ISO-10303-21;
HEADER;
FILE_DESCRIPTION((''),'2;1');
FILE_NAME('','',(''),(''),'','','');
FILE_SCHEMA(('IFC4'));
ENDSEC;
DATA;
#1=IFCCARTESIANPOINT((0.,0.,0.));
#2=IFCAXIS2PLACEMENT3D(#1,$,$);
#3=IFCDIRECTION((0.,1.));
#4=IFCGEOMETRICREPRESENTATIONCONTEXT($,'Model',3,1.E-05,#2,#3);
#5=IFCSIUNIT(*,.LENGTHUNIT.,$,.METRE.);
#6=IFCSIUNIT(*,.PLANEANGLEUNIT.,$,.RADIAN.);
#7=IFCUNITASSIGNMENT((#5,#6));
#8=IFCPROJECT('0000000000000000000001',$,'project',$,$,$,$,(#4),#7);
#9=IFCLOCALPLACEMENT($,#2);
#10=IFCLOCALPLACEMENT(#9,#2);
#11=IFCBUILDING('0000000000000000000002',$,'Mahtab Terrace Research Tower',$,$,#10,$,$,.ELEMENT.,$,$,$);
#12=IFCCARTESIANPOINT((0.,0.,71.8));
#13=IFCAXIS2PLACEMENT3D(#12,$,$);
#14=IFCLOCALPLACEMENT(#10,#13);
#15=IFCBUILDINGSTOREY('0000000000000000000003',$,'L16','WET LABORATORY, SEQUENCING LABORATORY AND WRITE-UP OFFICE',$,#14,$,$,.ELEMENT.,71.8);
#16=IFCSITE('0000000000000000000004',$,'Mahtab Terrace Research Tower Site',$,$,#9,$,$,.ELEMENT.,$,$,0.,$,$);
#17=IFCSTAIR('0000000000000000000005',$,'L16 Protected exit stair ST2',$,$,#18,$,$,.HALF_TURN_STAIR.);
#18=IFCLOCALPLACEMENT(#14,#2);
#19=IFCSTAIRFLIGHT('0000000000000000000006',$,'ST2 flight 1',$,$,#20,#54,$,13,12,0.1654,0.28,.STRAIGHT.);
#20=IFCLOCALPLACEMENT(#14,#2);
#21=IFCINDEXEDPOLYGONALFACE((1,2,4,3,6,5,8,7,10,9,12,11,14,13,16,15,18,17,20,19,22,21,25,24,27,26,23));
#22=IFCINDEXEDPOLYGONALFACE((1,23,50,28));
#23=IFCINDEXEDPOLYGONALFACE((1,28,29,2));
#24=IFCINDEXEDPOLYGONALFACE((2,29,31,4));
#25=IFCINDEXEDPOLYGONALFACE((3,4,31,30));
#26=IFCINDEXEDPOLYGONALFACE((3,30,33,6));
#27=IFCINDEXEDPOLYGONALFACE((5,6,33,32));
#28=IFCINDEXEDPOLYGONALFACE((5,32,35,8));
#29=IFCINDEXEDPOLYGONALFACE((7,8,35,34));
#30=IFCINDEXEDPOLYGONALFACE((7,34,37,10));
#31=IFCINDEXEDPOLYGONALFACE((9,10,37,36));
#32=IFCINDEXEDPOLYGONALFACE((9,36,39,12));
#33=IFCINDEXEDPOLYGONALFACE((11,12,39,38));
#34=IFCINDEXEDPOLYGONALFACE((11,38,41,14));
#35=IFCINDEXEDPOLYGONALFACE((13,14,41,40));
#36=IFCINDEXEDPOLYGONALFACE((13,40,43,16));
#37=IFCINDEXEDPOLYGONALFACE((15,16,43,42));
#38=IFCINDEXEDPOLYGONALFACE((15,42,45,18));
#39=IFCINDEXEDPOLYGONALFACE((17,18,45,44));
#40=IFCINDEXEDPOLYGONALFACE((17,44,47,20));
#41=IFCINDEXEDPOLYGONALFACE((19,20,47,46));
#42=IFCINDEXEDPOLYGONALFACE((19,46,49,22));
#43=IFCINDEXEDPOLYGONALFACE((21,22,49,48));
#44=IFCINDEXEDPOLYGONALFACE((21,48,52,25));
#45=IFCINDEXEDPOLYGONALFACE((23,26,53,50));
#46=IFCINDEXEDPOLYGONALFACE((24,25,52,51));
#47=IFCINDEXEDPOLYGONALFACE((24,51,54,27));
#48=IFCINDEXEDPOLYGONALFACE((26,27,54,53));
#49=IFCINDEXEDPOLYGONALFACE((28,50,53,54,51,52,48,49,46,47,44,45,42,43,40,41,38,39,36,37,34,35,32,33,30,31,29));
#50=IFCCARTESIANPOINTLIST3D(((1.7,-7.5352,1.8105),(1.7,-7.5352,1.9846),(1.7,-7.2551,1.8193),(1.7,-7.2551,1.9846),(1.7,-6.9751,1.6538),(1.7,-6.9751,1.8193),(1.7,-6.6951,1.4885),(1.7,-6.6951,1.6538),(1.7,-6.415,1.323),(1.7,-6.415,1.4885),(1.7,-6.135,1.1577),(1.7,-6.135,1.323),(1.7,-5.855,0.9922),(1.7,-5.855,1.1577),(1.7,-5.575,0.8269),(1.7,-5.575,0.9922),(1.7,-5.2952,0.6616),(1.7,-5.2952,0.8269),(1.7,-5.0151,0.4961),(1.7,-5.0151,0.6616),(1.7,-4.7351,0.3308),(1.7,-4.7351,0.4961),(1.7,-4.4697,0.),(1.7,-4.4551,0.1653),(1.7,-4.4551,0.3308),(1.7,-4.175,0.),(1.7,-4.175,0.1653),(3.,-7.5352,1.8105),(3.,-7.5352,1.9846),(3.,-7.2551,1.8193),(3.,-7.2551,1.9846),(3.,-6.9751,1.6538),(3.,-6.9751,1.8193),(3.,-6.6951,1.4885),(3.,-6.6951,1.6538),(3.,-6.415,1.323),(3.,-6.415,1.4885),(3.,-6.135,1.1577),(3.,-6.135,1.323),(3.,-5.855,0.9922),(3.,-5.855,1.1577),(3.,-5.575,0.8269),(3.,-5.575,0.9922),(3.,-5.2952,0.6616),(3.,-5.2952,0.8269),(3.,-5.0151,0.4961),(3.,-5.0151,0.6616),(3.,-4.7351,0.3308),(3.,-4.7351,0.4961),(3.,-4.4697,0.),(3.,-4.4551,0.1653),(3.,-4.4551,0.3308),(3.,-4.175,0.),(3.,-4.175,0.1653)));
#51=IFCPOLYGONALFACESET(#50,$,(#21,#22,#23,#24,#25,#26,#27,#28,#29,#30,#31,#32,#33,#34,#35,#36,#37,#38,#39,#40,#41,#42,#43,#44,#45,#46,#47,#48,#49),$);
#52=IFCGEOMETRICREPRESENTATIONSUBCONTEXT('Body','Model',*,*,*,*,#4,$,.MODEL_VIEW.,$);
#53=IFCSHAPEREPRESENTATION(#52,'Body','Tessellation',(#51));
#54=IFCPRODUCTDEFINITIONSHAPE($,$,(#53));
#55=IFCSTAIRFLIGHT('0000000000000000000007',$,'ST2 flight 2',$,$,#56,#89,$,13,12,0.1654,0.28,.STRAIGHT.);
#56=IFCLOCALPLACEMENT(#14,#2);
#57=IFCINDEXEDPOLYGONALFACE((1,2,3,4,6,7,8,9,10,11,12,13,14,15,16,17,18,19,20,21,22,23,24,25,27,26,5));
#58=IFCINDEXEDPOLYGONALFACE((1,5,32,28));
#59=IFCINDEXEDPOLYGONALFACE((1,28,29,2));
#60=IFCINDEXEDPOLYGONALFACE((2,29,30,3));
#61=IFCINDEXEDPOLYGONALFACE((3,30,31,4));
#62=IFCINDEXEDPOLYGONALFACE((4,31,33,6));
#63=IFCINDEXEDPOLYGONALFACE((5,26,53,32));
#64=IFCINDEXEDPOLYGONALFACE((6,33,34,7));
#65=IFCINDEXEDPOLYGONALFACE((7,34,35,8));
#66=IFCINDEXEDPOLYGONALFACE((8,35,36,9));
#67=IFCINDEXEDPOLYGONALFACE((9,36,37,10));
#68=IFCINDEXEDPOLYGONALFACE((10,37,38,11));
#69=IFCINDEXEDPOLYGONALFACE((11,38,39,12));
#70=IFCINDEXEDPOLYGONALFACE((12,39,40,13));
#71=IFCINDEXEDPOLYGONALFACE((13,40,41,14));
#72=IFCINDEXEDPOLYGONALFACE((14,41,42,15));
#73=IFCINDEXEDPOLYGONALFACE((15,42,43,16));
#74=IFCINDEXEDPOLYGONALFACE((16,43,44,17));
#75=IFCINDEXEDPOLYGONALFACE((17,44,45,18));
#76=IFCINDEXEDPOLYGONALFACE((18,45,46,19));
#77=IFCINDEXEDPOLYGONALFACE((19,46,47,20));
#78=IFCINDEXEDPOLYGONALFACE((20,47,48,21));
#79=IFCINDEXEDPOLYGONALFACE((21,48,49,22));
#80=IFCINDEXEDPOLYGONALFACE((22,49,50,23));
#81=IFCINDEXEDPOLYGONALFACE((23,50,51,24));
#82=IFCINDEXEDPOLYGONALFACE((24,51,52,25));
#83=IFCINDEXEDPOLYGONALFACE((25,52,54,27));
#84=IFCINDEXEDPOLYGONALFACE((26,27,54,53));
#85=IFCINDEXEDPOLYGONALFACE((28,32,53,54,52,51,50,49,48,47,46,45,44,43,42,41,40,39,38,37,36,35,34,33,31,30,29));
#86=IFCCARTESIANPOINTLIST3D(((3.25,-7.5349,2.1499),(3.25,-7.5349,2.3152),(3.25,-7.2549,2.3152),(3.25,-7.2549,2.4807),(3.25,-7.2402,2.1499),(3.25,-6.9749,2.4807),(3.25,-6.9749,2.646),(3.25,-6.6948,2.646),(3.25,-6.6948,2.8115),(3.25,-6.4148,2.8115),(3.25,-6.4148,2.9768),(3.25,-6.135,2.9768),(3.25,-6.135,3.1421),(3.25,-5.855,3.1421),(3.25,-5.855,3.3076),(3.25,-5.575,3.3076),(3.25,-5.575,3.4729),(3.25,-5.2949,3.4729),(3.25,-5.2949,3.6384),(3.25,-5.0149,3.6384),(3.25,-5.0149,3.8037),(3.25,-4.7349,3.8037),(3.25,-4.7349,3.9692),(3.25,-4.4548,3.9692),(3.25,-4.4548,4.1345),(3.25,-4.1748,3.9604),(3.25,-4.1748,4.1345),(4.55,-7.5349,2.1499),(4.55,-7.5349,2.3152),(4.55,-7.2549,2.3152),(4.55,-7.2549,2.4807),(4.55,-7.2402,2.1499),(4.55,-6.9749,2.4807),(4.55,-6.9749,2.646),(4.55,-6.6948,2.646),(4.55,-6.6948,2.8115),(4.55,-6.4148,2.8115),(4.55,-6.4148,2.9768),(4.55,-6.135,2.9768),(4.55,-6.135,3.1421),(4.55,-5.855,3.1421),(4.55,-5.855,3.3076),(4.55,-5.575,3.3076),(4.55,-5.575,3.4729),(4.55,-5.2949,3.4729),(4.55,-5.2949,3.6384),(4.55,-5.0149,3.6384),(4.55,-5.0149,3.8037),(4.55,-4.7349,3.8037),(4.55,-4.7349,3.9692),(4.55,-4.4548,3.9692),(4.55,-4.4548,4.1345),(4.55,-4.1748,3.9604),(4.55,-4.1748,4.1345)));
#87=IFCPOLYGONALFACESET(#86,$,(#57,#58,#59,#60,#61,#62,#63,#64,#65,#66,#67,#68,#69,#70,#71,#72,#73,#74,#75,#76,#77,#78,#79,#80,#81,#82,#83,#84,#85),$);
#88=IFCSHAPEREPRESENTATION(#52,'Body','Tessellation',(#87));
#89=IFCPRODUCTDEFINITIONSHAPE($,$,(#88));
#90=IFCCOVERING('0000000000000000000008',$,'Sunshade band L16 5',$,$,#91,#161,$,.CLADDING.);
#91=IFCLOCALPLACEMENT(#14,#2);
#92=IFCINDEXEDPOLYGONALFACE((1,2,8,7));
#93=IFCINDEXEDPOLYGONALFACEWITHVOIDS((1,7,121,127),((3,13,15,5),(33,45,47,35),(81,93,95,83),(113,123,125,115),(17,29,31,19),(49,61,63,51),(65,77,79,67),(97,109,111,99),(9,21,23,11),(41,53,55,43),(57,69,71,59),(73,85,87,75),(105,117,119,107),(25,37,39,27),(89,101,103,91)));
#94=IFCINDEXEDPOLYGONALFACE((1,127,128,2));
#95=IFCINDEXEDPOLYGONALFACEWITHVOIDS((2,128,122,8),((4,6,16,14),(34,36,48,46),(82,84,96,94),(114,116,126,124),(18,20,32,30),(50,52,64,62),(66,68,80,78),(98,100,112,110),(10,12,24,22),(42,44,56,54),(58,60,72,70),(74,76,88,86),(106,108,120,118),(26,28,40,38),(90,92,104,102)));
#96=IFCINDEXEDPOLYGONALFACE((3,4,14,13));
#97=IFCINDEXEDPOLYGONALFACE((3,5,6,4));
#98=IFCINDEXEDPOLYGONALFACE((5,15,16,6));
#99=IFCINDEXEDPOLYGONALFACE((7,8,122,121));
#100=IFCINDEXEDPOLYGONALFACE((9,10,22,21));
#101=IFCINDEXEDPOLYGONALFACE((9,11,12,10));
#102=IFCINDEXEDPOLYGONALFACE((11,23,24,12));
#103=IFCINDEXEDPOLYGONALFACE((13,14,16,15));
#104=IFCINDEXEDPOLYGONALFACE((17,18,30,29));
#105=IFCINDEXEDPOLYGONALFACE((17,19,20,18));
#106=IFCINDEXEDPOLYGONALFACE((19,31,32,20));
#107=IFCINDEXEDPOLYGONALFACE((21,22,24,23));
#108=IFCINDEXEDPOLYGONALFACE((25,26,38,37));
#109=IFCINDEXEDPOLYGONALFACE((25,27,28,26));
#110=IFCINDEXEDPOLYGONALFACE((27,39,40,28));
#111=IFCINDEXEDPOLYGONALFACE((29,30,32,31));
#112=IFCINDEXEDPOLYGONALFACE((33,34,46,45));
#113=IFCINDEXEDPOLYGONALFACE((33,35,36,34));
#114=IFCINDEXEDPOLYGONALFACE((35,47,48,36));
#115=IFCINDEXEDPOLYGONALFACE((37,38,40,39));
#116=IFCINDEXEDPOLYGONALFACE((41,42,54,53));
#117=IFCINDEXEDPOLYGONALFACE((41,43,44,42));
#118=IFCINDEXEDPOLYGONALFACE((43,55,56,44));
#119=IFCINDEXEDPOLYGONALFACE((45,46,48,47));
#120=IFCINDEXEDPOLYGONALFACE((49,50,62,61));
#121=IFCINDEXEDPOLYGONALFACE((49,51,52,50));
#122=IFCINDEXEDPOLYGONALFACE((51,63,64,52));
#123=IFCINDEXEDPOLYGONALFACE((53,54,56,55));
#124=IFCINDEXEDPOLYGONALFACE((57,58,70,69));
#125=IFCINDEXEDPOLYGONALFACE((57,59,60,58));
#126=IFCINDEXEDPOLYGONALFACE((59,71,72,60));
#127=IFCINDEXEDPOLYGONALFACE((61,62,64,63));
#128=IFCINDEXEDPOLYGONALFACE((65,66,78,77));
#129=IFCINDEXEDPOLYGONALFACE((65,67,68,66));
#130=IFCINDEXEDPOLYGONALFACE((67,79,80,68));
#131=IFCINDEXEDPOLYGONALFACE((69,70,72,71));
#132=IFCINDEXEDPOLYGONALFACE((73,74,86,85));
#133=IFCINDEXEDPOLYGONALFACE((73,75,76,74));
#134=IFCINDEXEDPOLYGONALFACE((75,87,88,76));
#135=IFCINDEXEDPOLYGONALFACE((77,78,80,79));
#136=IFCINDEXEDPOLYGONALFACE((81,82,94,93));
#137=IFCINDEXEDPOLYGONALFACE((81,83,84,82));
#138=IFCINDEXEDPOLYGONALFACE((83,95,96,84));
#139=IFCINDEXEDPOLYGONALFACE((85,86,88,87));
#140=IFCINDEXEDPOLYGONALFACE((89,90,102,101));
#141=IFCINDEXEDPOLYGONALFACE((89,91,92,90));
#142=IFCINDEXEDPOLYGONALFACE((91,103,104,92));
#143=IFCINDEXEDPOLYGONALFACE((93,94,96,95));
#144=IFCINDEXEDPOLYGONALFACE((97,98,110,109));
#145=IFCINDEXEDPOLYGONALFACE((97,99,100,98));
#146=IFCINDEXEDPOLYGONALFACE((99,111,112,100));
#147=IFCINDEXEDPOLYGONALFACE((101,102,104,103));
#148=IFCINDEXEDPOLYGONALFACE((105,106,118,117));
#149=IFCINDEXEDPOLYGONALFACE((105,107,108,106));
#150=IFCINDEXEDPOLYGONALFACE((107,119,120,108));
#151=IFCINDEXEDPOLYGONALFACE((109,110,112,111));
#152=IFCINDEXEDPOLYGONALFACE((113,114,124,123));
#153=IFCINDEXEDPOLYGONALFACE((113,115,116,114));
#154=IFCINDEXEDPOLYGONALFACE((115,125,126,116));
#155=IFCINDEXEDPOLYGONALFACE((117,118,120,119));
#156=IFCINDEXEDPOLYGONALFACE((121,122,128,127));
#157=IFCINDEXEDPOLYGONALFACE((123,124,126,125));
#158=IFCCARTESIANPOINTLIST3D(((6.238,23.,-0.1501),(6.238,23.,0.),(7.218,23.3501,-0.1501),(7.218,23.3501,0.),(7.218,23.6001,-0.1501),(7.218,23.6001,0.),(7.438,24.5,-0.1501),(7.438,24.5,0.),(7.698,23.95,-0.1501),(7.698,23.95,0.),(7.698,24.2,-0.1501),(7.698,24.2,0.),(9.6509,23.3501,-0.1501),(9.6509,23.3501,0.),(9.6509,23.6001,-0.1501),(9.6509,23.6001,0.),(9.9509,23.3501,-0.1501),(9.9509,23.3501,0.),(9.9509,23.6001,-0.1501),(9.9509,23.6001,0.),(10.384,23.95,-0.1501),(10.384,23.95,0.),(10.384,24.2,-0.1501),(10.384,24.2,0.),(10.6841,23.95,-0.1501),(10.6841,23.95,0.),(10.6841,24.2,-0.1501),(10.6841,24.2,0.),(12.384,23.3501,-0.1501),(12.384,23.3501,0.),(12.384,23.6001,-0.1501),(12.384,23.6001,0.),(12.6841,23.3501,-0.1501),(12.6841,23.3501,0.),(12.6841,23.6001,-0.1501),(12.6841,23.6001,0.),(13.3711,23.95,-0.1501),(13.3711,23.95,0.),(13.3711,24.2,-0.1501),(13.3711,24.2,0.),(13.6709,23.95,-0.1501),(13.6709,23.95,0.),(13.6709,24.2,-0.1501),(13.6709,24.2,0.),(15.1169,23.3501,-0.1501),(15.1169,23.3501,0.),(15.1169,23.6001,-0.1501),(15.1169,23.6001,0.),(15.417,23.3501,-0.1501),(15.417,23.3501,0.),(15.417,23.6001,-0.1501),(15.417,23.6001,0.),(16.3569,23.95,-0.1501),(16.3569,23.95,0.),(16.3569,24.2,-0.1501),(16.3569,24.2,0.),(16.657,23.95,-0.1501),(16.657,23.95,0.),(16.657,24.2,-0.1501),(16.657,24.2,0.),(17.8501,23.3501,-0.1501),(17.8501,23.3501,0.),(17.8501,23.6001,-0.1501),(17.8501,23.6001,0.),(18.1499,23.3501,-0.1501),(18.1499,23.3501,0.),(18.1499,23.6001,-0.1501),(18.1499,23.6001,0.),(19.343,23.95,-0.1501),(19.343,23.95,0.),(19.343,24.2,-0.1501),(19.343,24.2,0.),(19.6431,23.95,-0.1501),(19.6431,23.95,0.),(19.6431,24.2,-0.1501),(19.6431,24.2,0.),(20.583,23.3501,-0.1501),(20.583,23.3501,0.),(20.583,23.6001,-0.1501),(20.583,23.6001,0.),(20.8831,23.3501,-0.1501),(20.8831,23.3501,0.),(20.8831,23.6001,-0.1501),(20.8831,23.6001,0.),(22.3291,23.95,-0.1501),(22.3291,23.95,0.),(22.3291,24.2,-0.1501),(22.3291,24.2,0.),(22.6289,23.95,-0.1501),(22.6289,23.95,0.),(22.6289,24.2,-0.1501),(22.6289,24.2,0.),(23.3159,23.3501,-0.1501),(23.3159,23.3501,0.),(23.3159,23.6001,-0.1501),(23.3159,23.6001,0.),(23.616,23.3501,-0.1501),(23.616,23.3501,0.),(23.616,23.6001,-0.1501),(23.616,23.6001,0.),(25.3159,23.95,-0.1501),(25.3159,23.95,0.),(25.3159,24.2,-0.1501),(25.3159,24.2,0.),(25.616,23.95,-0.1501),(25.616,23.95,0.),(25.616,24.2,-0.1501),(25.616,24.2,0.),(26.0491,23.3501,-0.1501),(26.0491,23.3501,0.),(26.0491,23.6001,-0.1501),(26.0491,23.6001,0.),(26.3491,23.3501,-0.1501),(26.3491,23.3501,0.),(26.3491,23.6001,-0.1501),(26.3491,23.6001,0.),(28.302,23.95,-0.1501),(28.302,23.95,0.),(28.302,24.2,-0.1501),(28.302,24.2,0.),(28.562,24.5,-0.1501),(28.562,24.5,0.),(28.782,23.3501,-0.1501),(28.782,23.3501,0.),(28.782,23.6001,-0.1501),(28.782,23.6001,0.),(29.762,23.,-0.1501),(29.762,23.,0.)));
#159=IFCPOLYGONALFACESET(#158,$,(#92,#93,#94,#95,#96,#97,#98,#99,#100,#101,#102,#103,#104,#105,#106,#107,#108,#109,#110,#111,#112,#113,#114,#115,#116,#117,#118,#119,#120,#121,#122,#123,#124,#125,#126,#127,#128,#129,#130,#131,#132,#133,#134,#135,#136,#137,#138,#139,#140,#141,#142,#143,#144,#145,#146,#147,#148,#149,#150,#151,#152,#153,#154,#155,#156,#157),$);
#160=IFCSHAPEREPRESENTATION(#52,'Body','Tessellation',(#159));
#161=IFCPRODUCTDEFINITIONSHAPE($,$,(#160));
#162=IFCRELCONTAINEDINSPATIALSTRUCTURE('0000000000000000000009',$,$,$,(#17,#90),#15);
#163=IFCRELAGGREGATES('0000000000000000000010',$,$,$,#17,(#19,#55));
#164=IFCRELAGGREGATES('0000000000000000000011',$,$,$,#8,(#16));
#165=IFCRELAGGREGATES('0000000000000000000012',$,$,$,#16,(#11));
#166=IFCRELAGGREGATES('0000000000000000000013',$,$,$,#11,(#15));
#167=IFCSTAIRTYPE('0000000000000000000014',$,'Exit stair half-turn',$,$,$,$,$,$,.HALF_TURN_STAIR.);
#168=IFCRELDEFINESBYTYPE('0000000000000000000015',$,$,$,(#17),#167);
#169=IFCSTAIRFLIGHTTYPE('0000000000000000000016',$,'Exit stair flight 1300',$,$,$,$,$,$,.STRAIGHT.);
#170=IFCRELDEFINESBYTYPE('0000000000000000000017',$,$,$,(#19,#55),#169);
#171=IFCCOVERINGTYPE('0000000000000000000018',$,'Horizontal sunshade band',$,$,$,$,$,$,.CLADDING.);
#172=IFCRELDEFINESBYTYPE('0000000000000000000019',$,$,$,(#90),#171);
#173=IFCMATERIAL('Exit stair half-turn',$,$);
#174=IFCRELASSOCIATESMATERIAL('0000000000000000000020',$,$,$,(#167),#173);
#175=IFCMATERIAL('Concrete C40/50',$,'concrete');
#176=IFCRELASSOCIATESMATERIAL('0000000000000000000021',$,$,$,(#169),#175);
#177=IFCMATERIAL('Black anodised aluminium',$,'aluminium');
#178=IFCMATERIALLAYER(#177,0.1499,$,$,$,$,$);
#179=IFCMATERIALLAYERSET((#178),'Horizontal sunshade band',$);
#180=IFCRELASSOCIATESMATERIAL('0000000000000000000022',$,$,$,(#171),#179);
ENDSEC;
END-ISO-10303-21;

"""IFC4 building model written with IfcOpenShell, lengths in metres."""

from ifc_helpers import new_model, si_unit, direction, frame, origin, place, context, subcontext, project, spatial, polyline, outline, extrude, material, layer, layer_set, type_object, element, aggregate, save


model = new_model("IFC4")

# Units and contexts
model_context = context("Model", 3, precision=1e-05, world=origin(), true_north=direction((0.0, 1.0)))
body_context = subcontext(model_context, "Body", "Model", "MODEL_VIEW")
ifc_project = project(units=[si_unit("LENGTHUNIT", "METRE"), si_unit("PLANEANGLEUNIT", "RADIAN")], contexts=[model_context])

# Site, building, storey
site_placement = place(None, origin())
site = spatial("IfcSite", under=ifc_project, at=site_placement, Name="Mahtab Terrace Research Tower Site", CompositionType="ELEMENT", RefElevation=0.0)
building_placement = place(site_placement, origin())
building = spatial("IfcBuilding", under=site, at=building_placement, Name="Mahtab Terrace Research Tower", CompositionType="ELEMENT")
storey_placement = place(building_placement, frame((0.0, 0.0, 71.8)))
storey = spatial("IfcBuildingStorey", under=building, at=storey_placement, Name="L16", Description="WET LABORATORY, SEQUENCING LABORATORY AND WRITE-UP OFFICE", CompositionType="ELEMENT", Elevation=71.8)

# Shared definitions
ifc_material_1 = material(Name="Concrete C40/50", Category="concrete")

# Stair, stair flights
ifc_material_2 = material(Name="Exit stair half-turn")
stair_type = type_object("IfcStairType", Name="Exit stair half-turn", PredefinedType="HALF_TURN_STAIR", material=ifc_material_2)
stair_placement = place(storey_placement, origin())
stair = element("IfcStair", 1, at=stair_placement, inside=storey, type_object=stair_type, Name="L16 Protected exit stair ST2", PredefinedType="HALF_TURN_STAIR")
stair_flight_type = type_object("IfcStairFlightType", Name="Exit stair flight 1300", PredefinedType="STRAIGHT", material=ifc_material_1)
stair_flight_1_placement = place(storey_placement, frame((2.3501, -4.175, 0.0), z_axis=(0.0, 0.0, 1.0), x_axis=(0.0, -1.0, 0.0)))
stair_flight_1 = element("IfcStairFlight", 2, at=stair_flight_1_placement, type_object=stair_flight_type, Name="ST2 flight 1", NumberOfRisers=13, NumberOfTreads=12, PredefinedType="STRAIGHT", RiserHeight=0.1654, TreadLength=0.28, context=body_context, shape_type="SweptSolid", body=[
    extrude(outline(polyline([(0.0, 0.0), (0.0, 0.1653), (0.28, 0.1653), (0.28, 0.3308), (0.5601, 0.3308), (0.5601, 0.4961), (0.8401, 0.4961), (0.8401, 0.6616), (1.1201, 0.6616), (1.1201, 0.8269), (1.3999, 0.8269), (1.3999, 0.9922), (1.6799, 0.9922), (1.6799, 1.1577), (1.96, 1.1577), (1.96, 1.323), (2.24, 1.323), (2.24, 1.4885), (2.52, 1.4885), (2.52, 1.6538), (2.8, 1.6538), (2.8, 1.8193), (3.0801, 1.8193), (3.0801, 1.9846), (3.3601, 1.9846), (3.3601, 2.1499), (3.3601, 1.8105), (0.2947, 0.0), (0.0, 0.0)])), frame((0.0, 0.6499, 0.0), z_axis=(0.0, -1.0, 0.0), x_axis=(1.0, 0.0, 0.0)), (0.0, 0.0, 1.0), 1.3),
])
stair_flight_2_placement = place(storey_placement, frame((3.8999, -7.5349, 2.1499), z_axis=(0.0, 0.0, 1.0), x_axis=(0.0, 1.0, 0.0)))
stair_flight_2 = element("IfcStairFlight", 3, at=stair_flight_2_placement, type_object=stair_flight_type, Name="ST2 flight 2", NumberOfRisers=13, NumberOfTreads=12, PredefinedType="STRAIGHT", RiserHeight=0.1654, TreadLength=0.28, context=body_context, shape_type="SweptSolid", body=[
    extrude(outline(polyline([(0.0, 0.0), (0.0, 0.1653), (0.28, 0.1653), (0.28, 0.3308), (0.5601, 0.3308), (0.5601, 0.4961), (0.8401, 0.4961), (0.8401, 0.6616), (1.1201, 0.6616), (1.1201, 0.8269), (1.3999, 0.8269), (1.3999, 0.9922), (1.6799, 0.9922), (1.6799, 1.1577), (1.96, 1.1577), (1.96, 1.323), (2.24, 1.323), (2.24, 1.4885), (2.52, 1.4885), (2.52, 1.6538), (2.8, 1.6538), (2.8, 1.8193), (3.0801, 1.8193), (3.0801, 1.9846), (3.3601, 1.9846), (3.3601, 2.1499), (3.3601, 1.8105), (0.2947, 0.0), (0.0, 0.0)])), frame((0.0, 0.6499, 0.0), z_axis=(0.0, -1.0, 0.0), x_axis=(1.0, 0.0, 0.0)), (0.0, 0.0, 1.0), 1.3),
])
aggregate(stair, [stair_flight_1, stair_flight_2])

# Covering
ifc_material_3 = material(Name="Black anodised aluminium", Category="aluminium")
ifc_layer_1 = layer(ifc_material_3, 0.1499)
ifc_layer_set_1 = layer_set([ifc_layer_1], Name="Horizontal sunshade band")
covering_type = type_object("IfcCoveringType", Name="Horizontal sunshade band", PredefinedType="CLADDING", material=ifc_layer_set_1)
covering_1_placement = place(storey_placement, frame((0.0, 0.0, -0.1501)))
element("IfcCovering", 4, at=covering_1_placement, inside=storey, type_object=covering_type, Name="Sunshade band L16 5", PredefinedType="CLADDING", context=body_context, shape_type="SweptSolid", body=[
    extrude(outline(polyline([(29.762, 23.0), (6.238, 23.0), (7.438, 24.5), (28.562, 24.5), (29.762, 23.0)]), holes=[polyline([(28.782, 23.3501), (26.3491, 23.3501), (26.3491, 23.6001), (28.782, 23.6001), (28.782, 23.3501)]), polyline([(26.0491, 23.3501), (23.616, 23.3501), (23.616, 23.6001), (26.0491, 23.6001), (26.0491, 23.3501)]), polyline([(23.3159, 23.3501), (20.8831, 23.3501), (20.8831, 23.6001), (23.3159, 23.6001), (23.3159, 23.3501)]), polyline([(20.583, 23.3501), (18.1499, 23.3501), (18.1499, 23.6001), (20.583, 23.6001), (20.583, 23.3501)]), polyline([(17.8501, 23.3501), (15.417, 23.3501), (15.417, 23.6001), (17.8501, 23.6001), (17.8501, 23.3501)]), polyline([(15.1169, 23.3501), (12.6841, 23.3501), (12.6841, 23.6001), (15.1169, 23.6001), (15.1169, 23.3501)]), polyline([(12.384, 23.3501), (9.9509, 23.3501), (9.9509, 23.6001), (12.384, 23.6001), (12.384, 23.3501)]), polyline([(9.6509, 23.3501), (7.218, 23.3501), (7.218, 23.6001), (9.6509, 23.6001), (9.6509, 23.3501)]), polyline([(28.302, 23.95), (25.616, 23.95), (25.616, 24.2), (28.302, 24.2), (28.302, 23.95)]), polyline([(25.3159, 23.95), (22.6289, 23.95), (22.6289, 24.2), (25.3159, 24.2), (25.3159, 23.95)]), polyline([(22.3291, 23.95), (19.6431, 23.95), (19.6431, 24.2), (22.3291, 24.2), (22.3291, 23.95)]), polyline([(19.343, 23.95), (16.657, 23.95), (16.657, 24.2), (19.343, 24.2), (19.343, 23.95)]), polyline([(16.3569, 23.95), (13.6709, 23.95), (13.6709, 24.2), (16.3569, 24.2), (16.3569, 23.95)]), polyline([(13.3711, 23.95), (10.6841, 23.95), (10.6841, 24.2), (13.3711, 24.2), (13.3711, 23.95)]), polyline([(10.384, 23.95), (7.698, 23.95), (7.698, 24.2), (10.384, 24.2), (10.384, 23.95)])]), origin(), (0.0, 0.0, 1.0), 0.1501),
])

save(model, "model.ifc")
